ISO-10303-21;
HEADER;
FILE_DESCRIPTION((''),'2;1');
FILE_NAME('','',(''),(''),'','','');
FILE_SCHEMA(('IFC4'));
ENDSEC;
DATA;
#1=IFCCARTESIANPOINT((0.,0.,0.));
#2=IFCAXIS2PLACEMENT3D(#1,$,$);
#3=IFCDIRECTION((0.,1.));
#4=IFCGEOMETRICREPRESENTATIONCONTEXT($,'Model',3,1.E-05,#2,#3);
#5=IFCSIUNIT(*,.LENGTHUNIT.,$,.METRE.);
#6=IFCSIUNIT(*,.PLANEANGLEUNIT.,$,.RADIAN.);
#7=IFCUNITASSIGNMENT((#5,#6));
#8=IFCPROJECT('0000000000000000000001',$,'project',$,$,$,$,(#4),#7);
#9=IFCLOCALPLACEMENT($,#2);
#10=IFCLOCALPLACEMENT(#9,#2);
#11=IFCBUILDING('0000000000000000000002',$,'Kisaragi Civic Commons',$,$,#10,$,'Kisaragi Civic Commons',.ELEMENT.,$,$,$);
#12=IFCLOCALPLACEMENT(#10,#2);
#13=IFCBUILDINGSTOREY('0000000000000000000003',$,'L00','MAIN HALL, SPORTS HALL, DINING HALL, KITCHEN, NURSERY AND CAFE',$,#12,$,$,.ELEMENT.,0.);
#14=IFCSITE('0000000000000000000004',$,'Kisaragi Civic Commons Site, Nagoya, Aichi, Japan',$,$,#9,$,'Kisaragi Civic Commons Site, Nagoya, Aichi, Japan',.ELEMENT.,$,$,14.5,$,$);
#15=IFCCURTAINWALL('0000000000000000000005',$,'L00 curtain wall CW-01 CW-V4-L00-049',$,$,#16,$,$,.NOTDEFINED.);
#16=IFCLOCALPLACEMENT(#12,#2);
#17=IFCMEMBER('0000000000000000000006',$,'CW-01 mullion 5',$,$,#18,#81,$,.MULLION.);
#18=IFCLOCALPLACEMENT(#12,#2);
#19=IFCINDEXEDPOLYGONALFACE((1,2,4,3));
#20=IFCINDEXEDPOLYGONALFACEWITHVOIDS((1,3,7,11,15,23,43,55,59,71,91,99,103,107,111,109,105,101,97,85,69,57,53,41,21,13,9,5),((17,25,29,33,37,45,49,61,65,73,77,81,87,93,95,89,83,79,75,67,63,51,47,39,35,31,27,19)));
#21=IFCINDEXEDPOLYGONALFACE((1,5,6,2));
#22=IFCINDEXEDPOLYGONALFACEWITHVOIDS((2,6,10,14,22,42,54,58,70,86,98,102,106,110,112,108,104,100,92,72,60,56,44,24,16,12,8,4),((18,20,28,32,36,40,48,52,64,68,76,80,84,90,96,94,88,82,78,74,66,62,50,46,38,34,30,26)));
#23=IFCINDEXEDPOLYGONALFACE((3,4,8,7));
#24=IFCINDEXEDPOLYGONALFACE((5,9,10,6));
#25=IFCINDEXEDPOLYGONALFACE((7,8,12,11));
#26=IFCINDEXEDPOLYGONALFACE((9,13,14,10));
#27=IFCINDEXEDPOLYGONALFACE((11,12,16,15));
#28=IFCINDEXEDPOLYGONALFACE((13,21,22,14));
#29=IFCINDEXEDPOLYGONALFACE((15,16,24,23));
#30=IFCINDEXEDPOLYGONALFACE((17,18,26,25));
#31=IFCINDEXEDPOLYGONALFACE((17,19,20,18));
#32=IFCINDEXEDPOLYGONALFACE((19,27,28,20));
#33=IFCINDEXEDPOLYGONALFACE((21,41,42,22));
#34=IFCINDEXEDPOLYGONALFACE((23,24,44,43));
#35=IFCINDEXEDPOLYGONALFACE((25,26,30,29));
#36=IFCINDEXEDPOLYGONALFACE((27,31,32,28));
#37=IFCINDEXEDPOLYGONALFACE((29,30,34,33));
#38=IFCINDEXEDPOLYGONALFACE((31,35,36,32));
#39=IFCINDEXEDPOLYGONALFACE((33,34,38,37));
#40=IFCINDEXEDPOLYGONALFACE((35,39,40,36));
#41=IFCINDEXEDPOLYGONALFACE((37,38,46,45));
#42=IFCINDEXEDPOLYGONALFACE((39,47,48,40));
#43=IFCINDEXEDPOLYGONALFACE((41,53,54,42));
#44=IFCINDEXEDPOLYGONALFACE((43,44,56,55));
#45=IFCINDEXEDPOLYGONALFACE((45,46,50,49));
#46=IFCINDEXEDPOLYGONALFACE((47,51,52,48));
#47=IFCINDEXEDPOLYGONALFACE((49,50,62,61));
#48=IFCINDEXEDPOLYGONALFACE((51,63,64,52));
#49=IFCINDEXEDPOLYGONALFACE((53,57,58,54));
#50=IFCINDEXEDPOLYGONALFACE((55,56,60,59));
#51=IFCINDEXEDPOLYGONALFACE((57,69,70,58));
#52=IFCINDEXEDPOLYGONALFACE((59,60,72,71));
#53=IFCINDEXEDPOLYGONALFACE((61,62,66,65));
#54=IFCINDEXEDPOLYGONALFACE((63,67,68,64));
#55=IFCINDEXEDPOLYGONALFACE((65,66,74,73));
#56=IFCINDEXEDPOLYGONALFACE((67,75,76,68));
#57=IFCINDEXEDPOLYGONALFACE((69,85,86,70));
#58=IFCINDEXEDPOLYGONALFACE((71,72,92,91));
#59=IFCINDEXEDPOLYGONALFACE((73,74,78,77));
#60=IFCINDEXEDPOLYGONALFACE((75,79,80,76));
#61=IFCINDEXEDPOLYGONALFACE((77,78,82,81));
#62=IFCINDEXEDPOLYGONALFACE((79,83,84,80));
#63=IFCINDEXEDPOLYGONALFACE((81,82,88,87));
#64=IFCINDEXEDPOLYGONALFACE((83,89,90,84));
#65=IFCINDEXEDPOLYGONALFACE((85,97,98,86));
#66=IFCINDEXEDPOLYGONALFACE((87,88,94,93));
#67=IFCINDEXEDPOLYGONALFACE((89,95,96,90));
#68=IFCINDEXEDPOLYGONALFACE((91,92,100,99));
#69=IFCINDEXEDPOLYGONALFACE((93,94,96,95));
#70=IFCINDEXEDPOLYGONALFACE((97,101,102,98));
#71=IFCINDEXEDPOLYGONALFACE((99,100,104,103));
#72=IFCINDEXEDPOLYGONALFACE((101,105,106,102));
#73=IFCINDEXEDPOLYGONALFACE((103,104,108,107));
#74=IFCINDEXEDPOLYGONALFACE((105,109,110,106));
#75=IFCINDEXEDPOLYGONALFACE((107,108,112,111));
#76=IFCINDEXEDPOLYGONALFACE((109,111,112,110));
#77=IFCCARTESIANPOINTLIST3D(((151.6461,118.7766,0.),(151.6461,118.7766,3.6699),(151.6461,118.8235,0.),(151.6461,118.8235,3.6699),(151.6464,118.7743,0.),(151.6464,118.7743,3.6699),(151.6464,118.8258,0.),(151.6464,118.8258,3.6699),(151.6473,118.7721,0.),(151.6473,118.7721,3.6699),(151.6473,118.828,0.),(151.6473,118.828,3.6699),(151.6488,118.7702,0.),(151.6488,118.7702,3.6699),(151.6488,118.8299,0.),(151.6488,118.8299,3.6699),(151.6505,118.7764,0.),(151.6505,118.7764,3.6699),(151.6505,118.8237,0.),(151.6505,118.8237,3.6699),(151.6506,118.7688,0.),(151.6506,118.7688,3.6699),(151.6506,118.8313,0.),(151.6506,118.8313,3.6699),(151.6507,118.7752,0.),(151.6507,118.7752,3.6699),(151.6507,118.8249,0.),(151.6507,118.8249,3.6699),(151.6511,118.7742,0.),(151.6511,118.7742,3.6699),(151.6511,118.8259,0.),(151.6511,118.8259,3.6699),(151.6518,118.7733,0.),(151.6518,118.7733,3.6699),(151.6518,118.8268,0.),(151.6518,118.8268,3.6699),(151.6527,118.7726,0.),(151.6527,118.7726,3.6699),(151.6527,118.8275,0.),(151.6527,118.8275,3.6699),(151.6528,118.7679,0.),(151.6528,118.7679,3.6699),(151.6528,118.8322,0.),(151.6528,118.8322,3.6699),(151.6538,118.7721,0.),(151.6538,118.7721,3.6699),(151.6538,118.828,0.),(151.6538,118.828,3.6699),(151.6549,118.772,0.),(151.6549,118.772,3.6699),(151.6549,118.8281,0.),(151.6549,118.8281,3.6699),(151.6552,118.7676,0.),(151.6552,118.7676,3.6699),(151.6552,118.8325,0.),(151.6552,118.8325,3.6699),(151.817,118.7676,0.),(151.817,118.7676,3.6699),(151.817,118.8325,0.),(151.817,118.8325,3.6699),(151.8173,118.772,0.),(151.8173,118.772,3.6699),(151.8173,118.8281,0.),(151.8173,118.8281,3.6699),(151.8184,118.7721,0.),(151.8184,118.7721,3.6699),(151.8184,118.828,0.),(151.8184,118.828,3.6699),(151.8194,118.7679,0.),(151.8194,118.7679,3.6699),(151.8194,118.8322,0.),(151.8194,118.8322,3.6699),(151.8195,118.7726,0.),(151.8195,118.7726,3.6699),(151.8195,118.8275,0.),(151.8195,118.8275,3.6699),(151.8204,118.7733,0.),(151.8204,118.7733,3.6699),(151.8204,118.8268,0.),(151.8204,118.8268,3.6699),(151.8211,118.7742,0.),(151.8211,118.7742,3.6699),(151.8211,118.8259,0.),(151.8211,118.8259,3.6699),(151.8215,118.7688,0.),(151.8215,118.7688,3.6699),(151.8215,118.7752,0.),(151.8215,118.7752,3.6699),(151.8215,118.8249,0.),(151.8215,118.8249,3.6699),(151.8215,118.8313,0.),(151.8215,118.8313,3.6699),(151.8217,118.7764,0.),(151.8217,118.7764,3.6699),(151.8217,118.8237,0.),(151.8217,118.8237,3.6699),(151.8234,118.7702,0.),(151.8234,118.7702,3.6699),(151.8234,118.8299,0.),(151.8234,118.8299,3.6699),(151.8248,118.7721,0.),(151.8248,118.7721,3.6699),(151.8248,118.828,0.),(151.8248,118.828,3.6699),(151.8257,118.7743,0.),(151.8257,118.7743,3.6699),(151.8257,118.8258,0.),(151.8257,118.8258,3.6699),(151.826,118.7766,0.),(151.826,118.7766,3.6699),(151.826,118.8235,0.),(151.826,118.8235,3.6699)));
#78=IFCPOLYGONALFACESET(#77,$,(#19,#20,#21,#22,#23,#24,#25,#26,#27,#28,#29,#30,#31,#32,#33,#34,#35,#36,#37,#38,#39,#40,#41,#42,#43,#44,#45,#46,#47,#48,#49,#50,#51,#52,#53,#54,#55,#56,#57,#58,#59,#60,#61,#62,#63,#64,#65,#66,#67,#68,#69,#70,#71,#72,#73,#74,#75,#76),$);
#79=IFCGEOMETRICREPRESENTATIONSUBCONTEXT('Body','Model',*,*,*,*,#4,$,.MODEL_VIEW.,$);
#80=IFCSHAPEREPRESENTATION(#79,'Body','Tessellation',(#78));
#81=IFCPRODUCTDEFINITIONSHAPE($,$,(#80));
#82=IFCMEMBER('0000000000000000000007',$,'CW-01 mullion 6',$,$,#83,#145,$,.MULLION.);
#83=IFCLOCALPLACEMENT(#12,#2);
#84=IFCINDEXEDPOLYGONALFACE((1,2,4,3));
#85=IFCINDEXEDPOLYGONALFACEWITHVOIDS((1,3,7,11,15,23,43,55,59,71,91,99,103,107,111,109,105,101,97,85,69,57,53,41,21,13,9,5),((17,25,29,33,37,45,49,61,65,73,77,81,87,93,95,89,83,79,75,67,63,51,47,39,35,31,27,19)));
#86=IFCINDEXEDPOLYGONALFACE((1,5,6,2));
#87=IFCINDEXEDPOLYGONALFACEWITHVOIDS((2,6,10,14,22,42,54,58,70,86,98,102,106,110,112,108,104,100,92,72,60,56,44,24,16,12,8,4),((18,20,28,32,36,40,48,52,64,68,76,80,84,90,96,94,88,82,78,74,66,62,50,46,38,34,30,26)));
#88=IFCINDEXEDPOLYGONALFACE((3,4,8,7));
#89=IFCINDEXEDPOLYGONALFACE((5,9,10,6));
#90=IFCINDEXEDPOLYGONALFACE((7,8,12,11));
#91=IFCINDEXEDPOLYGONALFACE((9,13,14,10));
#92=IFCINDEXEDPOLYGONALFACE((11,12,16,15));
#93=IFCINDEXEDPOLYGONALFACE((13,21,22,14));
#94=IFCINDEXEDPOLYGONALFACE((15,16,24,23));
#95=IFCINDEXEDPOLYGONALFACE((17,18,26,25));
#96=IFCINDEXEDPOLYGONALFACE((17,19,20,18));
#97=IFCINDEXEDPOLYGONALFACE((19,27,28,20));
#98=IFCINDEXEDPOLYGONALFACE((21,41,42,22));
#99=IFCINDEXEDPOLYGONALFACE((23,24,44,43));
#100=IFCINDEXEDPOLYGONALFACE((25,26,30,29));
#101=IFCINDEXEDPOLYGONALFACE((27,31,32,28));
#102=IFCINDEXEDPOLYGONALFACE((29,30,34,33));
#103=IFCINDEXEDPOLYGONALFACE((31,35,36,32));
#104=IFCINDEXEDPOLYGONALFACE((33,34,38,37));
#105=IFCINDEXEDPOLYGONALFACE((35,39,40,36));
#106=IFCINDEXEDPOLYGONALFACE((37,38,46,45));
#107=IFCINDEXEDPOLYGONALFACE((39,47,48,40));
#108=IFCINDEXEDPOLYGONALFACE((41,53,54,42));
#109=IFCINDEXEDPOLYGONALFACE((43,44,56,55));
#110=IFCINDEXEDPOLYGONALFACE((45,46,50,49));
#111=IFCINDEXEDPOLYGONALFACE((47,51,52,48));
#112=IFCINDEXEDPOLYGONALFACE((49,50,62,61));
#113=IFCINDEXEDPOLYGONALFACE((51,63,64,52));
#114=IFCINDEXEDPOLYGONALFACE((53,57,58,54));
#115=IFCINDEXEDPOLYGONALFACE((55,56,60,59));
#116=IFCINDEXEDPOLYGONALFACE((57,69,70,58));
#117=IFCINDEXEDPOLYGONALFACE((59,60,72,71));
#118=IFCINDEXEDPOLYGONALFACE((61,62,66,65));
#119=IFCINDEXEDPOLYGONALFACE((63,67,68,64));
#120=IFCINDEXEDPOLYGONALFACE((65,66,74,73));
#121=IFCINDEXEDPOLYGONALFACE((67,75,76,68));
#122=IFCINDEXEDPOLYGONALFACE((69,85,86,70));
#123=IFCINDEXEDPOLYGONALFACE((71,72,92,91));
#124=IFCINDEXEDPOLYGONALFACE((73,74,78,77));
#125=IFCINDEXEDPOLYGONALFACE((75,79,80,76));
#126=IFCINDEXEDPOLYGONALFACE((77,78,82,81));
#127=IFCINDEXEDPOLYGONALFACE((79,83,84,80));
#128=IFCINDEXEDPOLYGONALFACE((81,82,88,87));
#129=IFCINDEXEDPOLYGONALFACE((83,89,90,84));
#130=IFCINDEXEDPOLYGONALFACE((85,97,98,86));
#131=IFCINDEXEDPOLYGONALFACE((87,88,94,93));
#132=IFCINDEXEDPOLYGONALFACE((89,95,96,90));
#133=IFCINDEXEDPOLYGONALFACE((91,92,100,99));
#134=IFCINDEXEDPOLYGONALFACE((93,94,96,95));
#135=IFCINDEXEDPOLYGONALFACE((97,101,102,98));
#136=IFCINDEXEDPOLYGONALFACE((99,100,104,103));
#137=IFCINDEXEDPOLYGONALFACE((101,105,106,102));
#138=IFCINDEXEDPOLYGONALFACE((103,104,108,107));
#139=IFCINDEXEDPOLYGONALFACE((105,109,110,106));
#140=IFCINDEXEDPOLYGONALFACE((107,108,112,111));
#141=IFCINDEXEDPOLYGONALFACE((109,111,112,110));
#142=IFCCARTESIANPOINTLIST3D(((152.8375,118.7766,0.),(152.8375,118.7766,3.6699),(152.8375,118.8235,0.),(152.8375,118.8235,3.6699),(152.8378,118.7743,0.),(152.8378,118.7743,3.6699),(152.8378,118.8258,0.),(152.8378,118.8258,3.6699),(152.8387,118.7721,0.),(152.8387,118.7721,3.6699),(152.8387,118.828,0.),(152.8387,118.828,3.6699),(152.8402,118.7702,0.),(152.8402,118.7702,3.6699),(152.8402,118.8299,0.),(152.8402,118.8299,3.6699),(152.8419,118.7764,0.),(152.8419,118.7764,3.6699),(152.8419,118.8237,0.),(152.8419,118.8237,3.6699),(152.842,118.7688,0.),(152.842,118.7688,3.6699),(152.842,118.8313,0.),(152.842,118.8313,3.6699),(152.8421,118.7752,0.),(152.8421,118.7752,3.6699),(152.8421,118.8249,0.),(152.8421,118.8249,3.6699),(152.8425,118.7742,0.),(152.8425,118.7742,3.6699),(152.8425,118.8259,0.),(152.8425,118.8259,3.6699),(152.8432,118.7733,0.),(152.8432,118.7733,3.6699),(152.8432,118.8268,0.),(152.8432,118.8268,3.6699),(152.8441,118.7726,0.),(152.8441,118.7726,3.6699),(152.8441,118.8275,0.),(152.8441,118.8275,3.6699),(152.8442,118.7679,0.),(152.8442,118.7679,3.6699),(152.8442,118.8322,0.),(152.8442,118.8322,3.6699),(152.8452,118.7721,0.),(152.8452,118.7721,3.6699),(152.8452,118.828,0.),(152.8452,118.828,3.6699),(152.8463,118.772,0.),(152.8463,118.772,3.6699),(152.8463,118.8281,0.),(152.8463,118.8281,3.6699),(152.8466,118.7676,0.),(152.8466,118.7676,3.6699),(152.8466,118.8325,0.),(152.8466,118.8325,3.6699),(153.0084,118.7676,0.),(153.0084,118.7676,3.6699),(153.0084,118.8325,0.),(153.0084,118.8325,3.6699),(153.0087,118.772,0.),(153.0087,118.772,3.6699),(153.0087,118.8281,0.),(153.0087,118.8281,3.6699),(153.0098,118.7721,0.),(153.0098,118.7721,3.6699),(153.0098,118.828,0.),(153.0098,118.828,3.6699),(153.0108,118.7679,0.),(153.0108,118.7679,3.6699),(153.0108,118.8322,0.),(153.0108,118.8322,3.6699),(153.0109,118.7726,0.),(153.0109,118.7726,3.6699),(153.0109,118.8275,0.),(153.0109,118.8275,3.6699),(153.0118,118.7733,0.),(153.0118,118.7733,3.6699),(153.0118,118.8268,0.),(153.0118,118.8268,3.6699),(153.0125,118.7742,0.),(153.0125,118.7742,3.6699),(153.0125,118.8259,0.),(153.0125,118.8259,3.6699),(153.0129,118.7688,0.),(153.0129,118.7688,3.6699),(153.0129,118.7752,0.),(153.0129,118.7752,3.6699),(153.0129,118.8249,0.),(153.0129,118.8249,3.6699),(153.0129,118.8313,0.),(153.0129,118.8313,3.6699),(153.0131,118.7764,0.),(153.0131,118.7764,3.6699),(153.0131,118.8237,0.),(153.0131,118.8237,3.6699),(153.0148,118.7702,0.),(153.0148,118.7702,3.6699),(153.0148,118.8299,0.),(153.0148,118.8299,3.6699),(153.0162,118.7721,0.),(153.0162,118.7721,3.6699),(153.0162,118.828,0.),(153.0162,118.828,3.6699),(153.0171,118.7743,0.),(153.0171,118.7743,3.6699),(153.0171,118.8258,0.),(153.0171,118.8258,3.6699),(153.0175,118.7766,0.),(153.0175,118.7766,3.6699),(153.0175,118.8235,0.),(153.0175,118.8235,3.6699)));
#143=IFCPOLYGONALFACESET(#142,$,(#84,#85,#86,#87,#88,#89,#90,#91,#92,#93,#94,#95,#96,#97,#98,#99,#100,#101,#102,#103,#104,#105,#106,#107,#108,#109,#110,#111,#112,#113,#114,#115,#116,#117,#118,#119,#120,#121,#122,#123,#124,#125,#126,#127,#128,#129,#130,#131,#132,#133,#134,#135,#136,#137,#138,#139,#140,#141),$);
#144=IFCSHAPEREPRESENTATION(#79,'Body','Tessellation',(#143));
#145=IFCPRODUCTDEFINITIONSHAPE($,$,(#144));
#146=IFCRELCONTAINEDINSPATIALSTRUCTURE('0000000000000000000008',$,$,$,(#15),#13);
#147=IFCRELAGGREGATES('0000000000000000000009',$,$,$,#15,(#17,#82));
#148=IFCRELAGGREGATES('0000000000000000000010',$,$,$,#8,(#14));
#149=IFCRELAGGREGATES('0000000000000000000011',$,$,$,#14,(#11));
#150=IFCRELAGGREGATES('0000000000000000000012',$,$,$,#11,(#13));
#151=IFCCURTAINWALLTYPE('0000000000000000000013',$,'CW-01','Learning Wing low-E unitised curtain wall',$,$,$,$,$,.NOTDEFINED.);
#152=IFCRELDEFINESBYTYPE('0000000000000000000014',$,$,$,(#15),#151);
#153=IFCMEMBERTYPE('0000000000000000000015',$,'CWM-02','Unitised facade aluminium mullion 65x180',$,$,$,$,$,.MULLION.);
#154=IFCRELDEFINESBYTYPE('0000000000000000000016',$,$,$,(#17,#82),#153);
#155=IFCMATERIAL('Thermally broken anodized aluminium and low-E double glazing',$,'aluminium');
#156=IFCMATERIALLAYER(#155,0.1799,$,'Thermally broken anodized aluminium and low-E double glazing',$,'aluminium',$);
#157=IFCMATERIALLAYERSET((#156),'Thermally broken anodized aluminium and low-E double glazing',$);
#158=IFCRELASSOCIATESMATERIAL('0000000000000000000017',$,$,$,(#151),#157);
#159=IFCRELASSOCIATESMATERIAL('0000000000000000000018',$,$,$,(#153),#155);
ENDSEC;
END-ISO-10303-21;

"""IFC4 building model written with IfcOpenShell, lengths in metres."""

from ifc_helpers import new_model, si_unit, direction, frame, origin, origin_2d, place, context, subcontext, project, spatial, hollow_rectangle, extrude, material, layer, layer_set, material_profile, profile_set, type_object, element, aggregate, save


model = new_model("IFC4")

# Units and contexts
model_context = context("Model", 3, precision=1e-05, world=origin(), true_north=direction((0.0, 1.0)))
body_context = subcontext(model_context, "Body", "Model", "MODEL_VIEW")
ifc_project = project(units=[si_unit("LENGTHUNIT", "METRE"), si_unit("PLANEANGLEUNIT", "RADIAN")], contexts=[model_context])

# Site, building, storey
site_placement = place(None, origin())
site = spatial("IfcSite", under=ifc_project, at=site_placement, Name="Kisaragi Civic Commons Site, Nagoya, Aichi, Japan", LongName="Kisaragi Civic Commons Site, Nagoya, Aichi, Japan", CompositionType="ELEMENT", RefElevation=14.5)
building_placement = place(site_placement, origin())
building = spatial("IfcBuilding", under=site, at=building_placement, Name="Kisaragi Civic Commons", LongName="Kisaragi Civic Commons", CompositionType="ELEMENT")
storey_placement = place(building_placement, origin())
storey = spatial("IfcBuildingStorey", under=building, at=storey_placement, Name="L00", Description="MAIN HALL, SPORTS HALL, DINING HALL, KITCHEN, NURSERY AND CAFE", CompositionType="ELEMENT", Elevation=0.0)

# Curtain wall, members
ifc_material_1 = material(Name="Thermally broken anodized aluminium and low-E double glazing", Category="aluminium")
ifc_layer_1 = layer(ifc_material_1, 0.1799, Name="Thermally broken anodized aluminium and low-E double glazing", Category="aluminium")
ifc_layer_set_1 = layer_set([ifc_layer_1], Name="Thermally broken anodized aluminium and low-E double glazing")
curtain_wall_type = type_object("IfcCurtainWallType", Name="CW-01", Description="Learning Wing low-E unitised curtain wall", PredefinedType="NOTDEFINED", material=ifc_layer_set_1)
curtain_wall_1_placement = place(storey_placement, origin())
curtain_wall_1 = element("IfcCurtainWall", 1, at=curtain_wall_1_placement, inside=storey, type_object=curtain_wall_type, Name="L00 curtain wall CW-01 CW-V4-L00-049", PredefinedType="NOTDEFINED")
ifc_material_profile_1 = material_profile(ifc_material_1, hollow_rectangle(XDim=0.0649, YDim=0.1799, WallThickness=0.0044, InnerFilletRadius=0.0044, OuterFilletRadius=0.009, at=origin_2d()), Name="CWM-65x180x4.5", Category="aluminium")
ifc_profile_set_1 = profile_set([ifc_material_profile_1], Name="Thermally broken anodized aluminium and low-E double glazing")
member_type_1 = type_object("IfcMemberType", Name="CWM-02", Description="Unitised facade aluminium mullion 65x180", PredefinedType="MULLION", material=ifc_profile_set_1)
member_1_placement = place(storey_placement, frame((151.7361, 118.8, 0.0), z_axis=(0.0, 0.0, 1.0), x_axis=(0.0, 1.0, 0.0)))
member_1 = element("IfcMember", 2, at=member_1_placement, type_object=member_type_1, Name="CW-01 mullion 5", PredefinedType="MULLION", context=body_context, shape_type="SweptSolid", body=[
    extrude(hollow_rectangle(XDim=0.0649, YDim=0.1799, WallThickness=0.0044, InnerFilletRadius=0.0044, OuterFilletRadius=0.009, at=origin_2d()), origin(), (0.0, 0.0, 1.0), 3.6699),
])
member_2_placement = place(storey_placement, frame((152.9275, 118.8, 0.0), z_axis=(0.0, 0.0, 1.0), x_axis=(0.0, 1.0, 0.0)))
member_2 = element("IfcMember", 3, at=member_2_placement, type_object=member_type_1, Name="CW-01 mullion 6", PredefinedType="MULLION", context=body_context, shape_type="SweptSolid", body=[
    extrude(hollow_rectangle(XDim=0.0649, YDim=0.1799, WallThickness=0.0044, InnerFilletRadius=0.0044, OuterFilletRadius=0.009, at=origin_2d()), origin(), (0.0, 0.0, 1.0), 3.6699),
])

aggregate(curtain_wall_1, [member_1, member_2])

save(model, "model.ifc")
